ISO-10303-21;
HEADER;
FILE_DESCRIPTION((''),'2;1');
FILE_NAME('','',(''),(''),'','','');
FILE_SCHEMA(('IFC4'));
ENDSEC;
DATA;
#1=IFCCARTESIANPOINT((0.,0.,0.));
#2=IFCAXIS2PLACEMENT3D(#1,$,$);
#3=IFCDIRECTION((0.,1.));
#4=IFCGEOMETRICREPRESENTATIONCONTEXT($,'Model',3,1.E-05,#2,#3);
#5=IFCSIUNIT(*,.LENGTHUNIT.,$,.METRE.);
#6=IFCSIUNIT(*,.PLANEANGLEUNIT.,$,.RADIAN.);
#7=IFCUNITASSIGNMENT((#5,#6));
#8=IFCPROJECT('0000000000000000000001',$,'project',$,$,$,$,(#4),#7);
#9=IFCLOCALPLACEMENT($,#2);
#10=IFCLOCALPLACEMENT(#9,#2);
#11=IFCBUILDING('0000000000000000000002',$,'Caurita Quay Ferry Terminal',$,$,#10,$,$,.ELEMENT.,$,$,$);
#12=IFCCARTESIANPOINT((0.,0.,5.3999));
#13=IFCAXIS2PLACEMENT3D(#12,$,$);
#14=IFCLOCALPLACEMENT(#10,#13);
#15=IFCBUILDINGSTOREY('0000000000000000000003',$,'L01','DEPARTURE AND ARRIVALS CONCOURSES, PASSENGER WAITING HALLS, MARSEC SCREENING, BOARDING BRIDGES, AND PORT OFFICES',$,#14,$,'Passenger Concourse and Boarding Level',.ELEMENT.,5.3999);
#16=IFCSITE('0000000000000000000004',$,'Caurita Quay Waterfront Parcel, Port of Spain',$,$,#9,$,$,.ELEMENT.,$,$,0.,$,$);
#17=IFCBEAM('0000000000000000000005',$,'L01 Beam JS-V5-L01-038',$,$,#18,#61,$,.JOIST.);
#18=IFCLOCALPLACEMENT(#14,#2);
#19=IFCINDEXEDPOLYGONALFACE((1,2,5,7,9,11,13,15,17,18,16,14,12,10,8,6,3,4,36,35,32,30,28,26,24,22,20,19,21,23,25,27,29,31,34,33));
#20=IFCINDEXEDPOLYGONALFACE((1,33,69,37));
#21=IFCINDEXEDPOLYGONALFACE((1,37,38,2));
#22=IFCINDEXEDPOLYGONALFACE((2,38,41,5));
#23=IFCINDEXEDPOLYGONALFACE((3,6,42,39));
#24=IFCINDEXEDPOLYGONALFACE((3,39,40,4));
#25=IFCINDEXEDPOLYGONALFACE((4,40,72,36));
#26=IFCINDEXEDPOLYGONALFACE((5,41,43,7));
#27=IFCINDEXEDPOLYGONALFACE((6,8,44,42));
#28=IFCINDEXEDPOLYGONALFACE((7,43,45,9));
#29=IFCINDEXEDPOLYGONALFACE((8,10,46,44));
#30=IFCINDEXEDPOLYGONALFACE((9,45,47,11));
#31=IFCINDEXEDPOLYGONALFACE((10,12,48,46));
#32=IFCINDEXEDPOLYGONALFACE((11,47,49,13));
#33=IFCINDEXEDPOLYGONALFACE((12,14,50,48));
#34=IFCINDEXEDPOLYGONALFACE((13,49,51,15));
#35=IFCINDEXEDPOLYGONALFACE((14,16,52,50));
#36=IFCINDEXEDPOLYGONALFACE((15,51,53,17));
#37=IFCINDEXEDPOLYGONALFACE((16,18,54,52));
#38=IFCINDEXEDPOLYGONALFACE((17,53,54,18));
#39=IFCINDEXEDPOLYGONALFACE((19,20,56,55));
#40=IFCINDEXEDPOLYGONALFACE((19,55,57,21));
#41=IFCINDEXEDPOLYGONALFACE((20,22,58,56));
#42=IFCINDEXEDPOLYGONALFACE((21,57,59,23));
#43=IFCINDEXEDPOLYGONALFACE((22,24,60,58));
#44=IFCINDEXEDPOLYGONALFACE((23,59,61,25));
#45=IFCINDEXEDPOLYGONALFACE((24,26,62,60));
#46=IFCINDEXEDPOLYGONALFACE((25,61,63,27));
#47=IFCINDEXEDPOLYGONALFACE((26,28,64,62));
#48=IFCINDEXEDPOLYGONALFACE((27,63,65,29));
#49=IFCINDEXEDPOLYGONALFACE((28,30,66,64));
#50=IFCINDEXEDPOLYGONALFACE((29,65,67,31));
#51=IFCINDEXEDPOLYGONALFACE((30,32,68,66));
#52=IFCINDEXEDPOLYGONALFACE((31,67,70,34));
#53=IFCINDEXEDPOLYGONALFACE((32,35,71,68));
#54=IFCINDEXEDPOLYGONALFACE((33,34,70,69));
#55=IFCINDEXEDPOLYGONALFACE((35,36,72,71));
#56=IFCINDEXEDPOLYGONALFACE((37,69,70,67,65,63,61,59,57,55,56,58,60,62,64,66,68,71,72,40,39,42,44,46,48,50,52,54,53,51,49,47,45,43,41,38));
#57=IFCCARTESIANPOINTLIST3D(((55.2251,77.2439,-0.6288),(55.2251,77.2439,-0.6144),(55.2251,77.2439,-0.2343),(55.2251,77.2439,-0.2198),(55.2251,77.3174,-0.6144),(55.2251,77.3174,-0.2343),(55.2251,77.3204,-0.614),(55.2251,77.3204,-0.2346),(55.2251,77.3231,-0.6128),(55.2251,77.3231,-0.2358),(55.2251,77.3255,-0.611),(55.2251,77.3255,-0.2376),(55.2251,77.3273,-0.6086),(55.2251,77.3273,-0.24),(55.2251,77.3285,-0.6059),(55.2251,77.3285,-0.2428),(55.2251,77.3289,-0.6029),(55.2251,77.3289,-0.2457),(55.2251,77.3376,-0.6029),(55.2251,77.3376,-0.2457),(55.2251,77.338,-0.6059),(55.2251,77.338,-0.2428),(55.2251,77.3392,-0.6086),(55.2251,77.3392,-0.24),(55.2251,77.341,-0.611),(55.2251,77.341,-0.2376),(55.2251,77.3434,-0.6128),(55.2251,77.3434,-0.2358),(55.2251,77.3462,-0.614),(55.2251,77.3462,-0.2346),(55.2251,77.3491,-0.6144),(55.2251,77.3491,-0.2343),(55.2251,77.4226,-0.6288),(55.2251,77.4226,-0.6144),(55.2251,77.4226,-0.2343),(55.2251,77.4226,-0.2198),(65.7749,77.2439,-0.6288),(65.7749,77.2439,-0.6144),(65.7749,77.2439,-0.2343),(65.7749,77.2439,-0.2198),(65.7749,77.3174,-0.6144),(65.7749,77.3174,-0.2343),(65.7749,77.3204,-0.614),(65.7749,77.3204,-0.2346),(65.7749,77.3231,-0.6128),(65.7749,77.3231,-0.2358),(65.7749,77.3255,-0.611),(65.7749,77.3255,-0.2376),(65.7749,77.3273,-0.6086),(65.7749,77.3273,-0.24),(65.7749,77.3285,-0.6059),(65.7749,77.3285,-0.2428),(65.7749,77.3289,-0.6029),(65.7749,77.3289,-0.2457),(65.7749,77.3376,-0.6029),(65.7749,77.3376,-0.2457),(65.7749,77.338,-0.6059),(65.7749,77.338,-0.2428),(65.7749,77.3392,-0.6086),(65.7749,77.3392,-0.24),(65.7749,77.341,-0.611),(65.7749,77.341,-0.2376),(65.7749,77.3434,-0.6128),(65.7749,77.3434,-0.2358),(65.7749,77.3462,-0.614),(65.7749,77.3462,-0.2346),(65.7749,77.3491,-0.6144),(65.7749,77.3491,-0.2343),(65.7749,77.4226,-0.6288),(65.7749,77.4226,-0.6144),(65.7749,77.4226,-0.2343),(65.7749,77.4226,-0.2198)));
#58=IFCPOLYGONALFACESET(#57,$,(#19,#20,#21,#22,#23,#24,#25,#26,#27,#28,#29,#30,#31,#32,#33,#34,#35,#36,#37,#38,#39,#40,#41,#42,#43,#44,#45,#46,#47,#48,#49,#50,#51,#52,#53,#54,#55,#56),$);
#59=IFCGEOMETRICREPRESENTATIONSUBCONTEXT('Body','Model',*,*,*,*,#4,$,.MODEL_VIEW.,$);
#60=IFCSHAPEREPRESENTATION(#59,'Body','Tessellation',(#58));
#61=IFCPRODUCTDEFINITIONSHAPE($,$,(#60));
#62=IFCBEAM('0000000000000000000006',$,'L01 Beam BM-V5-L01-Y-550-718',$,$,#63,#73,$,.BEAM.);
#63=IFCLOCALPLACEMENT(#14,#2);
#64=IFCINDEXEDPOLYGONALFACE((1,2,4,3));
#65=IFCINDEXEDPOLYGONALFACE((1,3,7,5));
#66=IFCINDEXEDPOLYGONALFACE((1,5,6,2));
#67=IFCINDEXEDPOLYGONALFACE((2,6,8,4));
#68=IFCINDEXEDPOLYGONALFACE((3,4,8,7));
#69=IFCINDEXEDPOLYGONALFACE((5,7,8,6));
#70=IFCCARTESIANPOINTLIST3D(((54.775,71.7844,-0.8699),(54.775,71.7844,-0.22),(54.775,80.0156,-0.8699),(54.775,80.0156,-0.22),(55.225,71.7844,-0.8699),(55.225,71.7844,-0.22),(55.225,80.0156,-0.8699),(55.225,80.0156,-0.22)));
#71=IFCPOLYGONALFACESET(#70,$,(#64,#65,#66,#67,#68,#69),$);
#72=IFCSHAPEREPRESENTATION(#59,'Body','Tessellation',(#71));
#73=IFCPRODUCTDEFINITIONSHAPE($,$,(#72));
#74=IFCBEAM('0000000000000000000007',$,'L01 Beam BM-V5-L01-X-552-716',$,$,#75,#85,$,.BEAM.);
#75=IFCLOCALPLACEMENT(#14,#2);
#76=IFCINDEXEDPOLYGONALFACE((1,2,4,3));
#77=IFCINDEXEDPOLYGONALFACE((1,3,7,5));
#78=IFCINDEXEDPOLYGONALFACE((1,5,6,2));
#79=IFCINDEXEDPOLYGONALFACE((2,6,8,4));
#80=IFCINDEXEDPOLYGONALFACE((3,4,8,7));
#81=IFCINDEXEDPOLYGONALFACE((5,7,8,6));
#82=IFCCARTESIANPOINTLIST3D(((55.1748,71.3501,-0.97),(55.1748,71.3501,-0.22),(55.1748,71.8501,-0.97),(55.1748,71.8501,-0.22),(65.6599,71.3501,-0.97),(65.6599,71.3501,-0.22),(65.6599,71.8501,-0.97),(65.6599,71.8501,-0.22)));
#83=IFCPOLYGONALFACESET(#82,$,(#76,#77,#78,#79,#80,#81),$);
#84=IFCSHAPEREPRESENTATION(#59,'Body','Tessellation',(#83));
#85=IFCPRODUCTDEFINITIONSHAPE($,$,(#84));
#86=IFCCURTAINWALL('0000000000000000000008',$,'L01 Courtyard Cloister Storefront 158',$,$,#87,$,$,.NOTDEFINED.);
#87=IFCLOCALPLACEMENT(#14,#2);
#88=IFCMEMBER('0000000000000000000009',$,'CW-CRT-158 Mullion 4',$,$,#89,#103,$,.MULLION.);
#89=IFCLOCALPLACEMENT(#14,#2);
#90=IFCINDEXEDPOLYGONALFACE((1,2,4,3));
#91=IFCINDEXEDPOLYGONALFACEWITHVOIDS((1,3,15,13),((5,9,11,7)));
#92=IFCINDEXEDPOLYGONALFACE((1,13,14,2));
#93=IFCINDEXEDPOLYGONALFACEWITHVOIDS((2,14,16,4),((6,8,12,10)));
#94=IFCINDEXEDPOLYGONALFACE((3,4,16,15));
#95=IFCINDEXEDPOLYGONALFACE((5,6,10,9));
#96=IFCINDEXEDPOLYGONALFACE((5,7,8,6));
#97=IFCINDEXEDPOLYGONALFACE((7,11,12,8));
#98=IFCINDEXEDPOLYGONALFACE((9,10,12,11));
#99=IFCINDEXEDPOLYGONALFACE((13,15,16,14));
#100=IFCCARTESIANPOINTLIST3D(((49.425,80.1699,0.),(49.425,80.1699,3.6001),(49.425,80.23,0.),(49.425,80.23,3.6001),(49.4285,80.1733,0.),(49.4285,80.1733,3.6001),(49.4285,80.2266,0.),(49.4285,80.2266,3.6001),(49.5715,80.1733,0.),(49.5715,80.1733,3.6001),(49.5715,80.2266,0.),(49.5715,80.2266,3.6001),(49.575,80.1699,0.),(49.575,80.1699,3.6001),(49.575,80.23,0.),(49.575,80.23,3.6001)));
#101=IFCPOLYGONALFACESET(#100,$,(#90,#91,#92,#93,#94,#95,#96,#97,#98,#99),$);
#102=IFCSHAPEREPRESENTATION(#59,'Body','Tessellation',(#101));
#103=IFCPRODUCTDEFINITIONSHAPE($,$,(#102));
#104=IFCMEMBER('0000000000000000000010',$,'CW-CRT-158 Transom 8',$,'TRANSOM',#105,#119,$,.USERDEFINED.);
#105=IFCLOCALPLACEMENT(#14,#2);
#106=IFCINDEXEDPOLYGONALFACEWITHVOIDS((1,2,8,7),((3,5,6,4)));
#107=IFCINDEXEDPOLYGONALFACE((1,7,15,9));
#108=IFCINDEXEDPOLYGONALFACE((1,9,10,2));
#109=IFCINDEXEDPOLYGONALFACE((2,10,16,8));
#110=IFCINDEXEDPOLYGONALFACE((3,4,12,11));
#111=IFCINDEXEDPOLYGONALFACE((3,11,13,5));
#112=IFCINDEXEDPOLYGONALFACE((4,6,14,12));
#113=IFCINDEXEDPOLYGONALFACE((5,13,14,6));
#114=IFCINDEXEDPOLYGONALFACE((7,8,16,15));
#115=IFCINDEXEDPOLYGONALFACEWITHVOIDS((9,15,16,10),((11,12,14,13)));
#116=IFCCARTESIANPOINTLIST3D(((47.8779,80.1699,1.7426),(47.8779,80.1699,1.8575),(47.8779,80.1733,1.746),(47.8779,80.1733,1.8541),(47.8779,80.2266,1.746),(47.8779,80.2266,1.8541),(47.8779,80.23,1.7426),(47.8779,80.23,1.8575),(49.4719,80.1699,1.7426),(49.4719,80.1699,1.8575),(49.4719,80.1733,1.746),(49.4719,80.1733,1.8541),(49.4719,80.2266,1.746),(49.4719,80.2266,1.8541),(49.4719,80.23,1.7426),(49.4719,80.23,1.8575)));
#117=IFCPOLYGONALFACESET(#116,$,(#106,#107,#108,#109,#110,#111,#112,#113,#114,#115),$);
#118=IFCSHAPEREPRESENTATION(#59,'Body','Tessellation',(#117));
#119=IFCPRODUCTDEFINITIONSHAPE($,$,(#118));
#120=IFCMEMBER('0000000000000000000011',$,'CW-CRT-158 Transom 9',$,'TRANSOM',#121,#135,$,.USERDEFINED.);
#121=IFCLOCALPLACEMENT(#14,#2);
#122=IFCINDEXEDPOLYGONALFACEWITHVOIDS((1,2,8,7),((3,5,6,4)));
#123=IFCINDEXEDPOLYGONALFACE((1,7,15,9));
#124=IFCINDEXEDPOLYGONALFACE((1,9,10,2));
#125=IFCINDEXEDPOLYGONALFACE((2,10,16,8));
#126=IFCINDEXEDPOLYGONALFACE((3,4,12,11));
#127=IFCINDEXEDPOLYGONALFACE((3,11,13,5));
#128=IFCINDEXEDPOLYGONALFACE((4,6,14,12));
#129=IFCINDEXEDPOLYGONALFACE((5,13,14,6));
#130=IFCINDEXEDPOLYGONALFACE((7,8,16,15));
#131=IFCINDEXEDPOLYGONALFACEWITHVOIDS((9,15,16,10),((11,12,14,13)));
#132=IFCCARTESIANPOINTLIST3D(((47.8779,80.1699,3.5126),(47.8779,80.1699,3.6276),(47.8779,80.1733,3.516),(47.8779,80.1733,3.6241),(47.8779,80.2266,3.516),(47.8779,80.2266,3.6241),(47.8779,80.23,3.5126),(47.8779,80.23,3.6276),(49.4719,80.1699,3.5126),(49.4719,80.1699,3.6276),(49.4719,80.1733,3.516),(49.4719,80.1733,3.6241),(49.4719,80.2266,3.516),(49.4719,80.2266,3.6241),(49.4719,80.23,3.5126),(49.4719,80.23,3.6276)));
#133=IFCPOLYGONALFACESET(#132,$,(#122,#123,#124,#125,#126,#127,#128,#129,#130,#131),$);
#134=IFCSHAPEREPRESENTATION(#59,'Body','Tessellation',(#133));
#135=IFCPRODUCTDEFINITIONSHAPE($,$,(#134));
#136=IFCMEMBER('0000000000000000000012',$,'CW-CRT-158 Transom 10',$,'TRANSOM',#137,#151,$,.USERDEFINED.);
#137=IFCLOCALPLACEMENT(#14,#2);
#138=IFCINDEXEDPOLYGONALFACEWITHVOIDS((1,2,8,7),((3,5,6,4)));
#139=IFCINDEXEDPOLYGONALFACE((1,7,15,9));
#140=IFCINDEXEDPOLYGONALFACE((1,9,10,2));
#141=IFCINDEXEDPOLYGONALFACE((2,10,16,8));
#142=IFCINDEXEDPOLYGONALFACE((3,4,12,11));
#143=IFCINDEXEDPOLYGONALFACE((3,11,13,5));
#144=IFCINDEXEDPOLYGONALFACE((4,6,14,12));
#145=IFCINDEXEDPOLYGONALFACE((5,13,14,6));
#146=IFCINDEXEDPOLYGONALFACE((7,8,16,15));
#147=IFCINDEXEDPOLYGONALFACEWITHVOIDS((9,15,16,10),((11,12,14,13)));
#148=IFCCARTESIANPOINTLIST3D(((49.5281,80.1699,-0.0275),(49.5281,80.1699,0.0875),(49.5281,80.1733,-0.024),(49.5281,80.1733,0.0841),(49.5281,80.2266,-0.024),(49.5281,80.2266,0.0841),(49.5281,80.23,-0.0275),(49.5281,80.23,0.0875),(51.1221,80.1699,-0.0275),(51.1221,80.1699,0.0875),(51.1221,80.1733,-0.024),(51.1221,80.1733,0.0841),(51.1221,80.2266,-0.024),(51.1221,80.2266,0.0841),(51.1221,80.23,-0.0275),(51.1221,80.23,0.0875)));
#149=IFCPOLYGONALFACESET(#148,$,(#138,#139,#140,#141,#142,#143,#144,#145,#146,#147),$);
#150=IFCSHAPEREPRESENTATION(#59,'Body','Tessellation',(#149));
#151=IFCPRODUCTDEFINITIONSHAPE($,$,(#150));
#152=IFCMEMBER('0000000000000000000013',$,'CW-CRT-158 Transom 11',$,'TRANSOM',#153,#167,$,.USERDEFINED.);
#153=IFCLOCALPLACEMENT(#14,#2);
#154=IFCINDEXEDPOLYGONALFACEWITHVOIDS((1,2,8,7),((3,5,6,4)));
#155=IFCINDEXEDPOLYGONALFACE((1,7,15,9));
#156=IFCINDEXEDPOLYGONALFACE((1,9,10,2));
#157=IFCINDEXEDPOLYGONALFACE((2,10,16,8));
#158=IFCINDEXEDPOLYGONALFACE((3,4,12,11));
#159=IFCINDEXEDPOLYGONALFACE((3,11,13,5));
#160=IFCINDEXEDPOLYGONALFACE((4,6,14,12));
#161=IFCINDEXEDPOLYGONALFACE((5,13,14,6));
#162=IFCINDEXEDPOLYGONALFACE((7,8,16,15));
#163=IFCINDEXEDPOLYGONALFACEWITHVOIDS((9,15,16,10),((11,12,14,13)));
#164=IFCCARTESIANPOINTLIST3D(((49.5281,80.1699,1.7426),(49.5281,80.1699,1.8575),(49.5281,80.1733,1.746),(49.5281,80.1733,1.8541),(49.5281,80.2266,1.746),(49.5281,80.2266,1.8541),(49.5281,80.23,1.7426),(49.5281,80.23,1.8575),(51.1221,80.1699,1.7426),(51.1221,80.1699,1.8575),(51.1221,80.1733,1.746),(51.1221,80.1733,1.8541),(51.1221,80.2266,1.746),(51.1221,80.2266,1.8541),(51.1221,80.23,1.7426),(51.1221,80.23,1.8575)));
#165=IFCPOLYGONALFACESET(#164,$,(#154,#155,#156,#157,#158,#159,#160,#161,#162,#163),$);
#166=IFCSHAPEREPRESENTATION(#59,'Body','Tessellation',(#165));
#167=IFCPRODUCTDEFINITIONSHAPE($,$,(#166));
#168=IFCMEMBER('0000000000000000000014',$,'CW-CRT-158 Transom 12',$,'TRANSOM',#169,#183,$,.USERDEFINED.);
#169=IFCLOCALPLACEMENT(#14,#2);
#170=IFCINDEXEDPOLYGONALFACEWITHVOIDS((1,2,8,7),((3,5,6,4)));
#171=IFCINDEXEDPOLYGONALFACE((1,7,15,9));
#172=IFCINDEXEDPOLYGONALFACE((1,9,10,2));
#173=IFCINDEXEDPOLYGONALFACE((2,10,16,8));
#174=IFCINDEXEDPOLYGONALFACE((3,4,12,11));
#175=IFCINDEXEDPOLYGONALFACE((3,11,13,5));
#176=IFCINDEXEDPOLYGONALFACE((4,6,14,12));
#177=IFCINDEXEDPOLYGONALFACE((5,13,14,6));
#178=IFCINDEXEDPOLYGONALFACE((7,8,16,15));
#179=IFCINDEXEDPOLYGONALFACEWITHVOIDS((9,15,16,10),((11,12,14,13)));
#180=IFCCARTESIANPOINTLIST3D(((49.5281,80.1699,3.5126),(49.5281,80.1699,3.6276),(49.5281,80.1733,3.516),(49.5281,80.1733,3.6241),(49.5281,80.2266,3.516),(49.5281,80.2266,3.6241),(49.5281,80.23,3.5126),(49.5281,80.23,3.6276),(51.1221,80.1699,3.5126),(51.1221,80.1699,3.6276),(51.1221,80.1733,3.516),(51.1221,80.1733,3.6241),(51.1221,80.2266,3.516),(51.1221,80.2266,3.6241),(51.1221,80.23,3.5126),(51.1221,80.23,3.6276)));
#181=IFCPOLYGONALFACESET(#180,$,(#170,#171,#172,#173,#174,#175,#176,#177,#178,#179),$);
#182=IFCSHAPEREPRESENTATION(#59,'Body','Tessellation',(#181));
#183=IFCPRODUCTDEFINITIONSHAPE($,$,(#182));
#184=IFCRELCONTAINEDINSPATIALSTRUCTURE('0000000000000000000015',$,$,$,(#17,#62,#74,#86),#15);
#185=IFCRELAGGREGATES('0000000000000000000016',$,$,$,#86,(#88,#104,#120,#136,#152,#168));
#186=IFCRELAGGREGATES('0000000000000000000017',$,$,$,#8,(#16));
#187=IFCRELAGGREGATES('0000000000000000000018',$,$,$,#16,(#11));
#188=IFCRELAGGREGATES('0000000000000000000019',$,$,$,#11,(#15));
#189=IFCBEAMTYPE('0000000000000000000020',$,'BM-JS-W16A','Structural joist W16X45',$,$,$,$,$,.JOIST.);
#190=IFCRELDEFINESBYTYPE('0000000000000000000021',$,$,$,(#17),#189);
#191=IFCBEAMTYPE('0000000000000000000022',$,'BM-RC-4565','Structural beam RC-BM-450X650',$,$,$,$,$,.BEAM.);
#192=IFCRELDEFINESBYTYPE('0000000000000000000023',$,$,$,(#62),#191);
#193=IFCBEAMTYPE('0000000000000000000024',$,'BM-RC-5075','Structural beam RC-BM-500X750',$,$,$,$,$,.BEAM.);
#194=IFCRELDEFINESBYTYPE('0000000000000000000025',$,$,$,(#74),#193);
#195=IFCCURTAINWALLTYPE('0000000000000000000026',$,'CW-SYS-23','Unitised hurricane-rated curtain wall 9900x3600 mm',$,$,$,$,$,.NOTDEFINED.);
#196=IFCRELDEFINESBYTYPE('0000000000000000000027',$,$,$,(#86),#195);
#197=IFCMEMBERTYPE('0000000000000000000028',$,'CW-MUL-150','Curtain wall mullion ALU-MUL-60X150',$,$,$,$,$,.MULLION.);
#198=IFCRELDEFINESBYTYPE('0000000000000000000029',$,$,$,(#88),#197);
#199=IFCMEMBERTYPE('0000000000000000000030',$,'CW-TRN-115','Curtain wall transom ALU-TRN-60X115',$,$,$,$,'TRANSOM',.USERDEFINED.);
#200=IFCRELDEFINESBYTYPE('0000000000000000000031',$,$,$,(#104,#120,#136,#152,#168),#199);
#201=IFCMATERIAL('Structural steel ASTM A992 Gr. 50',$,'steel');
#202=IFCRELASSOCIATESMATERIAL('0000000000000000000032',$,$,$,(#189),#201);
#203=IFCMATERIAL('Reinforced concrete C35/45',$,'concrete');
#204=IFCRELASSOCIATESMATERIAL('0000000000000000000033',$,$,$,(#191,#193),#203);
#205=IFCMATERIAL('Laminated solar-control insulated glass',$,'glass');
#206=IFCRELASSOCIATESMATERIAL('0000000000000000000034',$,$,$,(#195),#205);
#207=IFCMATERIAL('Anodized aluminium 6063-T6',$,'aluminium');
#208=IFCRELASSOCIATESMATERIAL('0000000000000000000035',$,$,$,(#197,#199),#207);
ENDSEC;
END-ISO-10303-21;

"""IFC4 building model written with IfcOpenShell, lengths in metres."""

from ifc_helpers import new_model, si_unit, direction, frame, origin, origin_2d, place, context, subcontext, project, spatial, rectangle, hollow_rectangle, i_section, extrude, material, material_profile, profile_set, type_object, element, aggregate, save


model = new_model("IFC4")

# Units and contexts
model_context = context("Model", 3, precision=1e-05, world=origin(), true_north=direction((0.0, 1.0)))
body_context = subcontext(model_context, "Body", "Model", "MODEL_VIEW")
ifc_project = project(units=[si_unit("LENGTHUNIT", "METRE"), si_unit("PLANEANGLEUNIT", "RADIAN")], contexts=[model_context])

# Site, building, storey
site_placement = place(None, origin())
site = spatial("IfcSite", under=ifc_project, at=site_placement, Name="Caurita Quay Waterfront Parcel, Port of Spain", CompositionType="ELEMENT", RefElevation=0.0)
building_placement = place(site_placement, origin())
building = spatial("IfcBuilding", under=site, at=building_placement, Name="Caurita Quay Ferry Terminal", CompositionType="ELEMENT")
storey_placement = place(building_placement, frame((0.0, 0.0, 5.3999)))
storey = spatial("IfcBuildingStorey", under=building, at=storey_placement, Name="L01", Description="DEPARTURE AND ARRIVALS CONCOURSES, PASSENGER WAITING HALLS, MARSEC SCREENING, BOARDING BRIDGES, AND PORT OFFICES", LongName="Passenger Concourse and Boarding Level", CompositionType="ELEMENT", Elevation=5.3999)

# Shared definitions
ifc_material_1 = material(Name="Reinforced concrete C35/45", Category="concrete")
ifc_material_2 = material(Name="Structural steel ASTM A992 Gr. 50", Category="steel")

# Beams
ifc_material_profile_1 = material_profile(ifc_material_2, i_section(OverallWidth=0.1787, OverallDepth=0.4089, WebThickness=0.0088, FlangeThickness=0.0144, FilletRadius=0.0115, at=origin_2d()), Name="W16X45")
ifc_profile_set_1 = profile_set([ifc_material_profile_1], Name="Structural steel ASTM A992 Gr. 50")
beam_type_1 = type_object("IfcBeamType", Name="BM-JS-W16A", Description="Structural joist W16X45", PredefinedType="JOIST", material=ifc_profile_set_1)
for number, where, z_axis, x_axis, name in (
    (1, (55.2251, 77.3333, -0.4243), (1.0, 0.0, 0.0), (0.0, 1.0, 0.0), "L01 Beam JS-V5-L01-038"),
):
    element("IfcBeam", number, at=place(storey_placement, frame(where, z_axis=z_axis, x_axis=x_axis)), inside=storey, type_object=beam_type_1, Name=name, PredefinedType="JOIST", context=body_context, shape_type="SweptSolid", body=[
        extrude(i_section(OverallWidth=0.1787, OverallDepth=0.4089, WebThickness=0.0088, FlangeThickness=0.0144, FilletRadius=0.0115, at=origin_2d()), origin(), (0.0, 0.0, 1.0), 10.5498),
    ])
ifc_material_profile_2 = material_profile(ifc_material_1, rectangle(XDim=0.45, YDim=0.6499, at=origin_2d()), Name="RC-BM-450X650")
ifc_profile_set_2 = profile_set([ifc_material_profile_2], Name="Reinforced concrete C35/45")
beam_type_2 = type_object("IfcBeamType", Name="BM-RC-4565", Description="Structural beam RC-BM-450X650", PredefinedType="BEAM", material=ifc_profile_set_2)
beam_1_placement = place(storey_placement, frame((55.0, 71.7844, -0.5449), z_axis=(0.0, 1.0, 0.0), x_axis=(-1.0, 0.0, 0.0)))
element("IfcBeam", 2, at=beam_1_placement, inside=storey, type_object=beam_type_2, Name="L01 Beam BM-V5-L01-Y-550-718", PredefinedType="BEAM", context=body_context, shape_type="SweptSolid", body=[
    extrude(rectangle(XDim=0.45, YDim=0.6499, at=origin_2d()), origin(), (0.0, 0.0, 1.0), 8.2312),
])
ifc_material_profile_3 = material_profile(ifc_material_1, rectangle(XDim=0.5, YDim=0.75, at=origin_2d()), Name="RC-BM-500X750")
ifc_profile_set_3 = profile_set([ifc_material_profile_3], Name="Reinforced concrete C35/45")
beam_type_3 = type_object("IfcBeamType", Name="BM-RC-5075", Description="Structural beam RC-BM-500X750", PredefinedType="BEAM", material=ifc_profile_set_3)
beam_2_placement = place(storey_placement, frame((55.1748, 71.6001, -0.595), z_axis=(1.0, 0.0, 0.0), x_axis=(0.0, 1.0, 0.0)))
element("IfcBeam", 3, at=beam_2_placement, inside=storey, type_object=beam_type_3, Name="L01 Beam BM-V5-L01-X-552-716", PredefinedType="BEAM", context=body_context, shape_type="SweptSolid", body=[
    extrude(rectangle(XDim=0.5, YDim=0.75, at=origin_2d()), origin(), (0.0, 0.0, 1.0), 10.4851),
])

# Curtain wall, members
ifc_material_3 = material(Name="Laminated solar-control insulated glass", Category="glass")
curtain_wall_type = type_object("IfcCurtainWallType", Name="CW-SYS-23", Description="Unitised hurricane-rated curtain wall 9900x3600 mm", PredefinedType="NOTDEFINED", material=ifc_material_3)
curtain_wall_placement = place(storey_placement, origin())
curtain_wall = element("IfcCurtainWall", 4, at=curtain_wall_placement, inside=storey, type_object=curtain_wall_type, Name="L01 Courtyard Cloister Storefront 158", PredefinedType="NOTDEFINED")
ifc_material_4 = material(Name="Anodized aluminium 6063-T6", Category="aluminium")
ifc_material_profile_4 = material_profile(ifc_material_4, hollow_rectangle(XDim=0.0601, YDim=0.1499, WallThickness=0.0034, at=origin_2d()), Name="ALU-MUL-60X150")
ifc_profile_set_4 = profile_set([ifc_material_profile_4], Name="Anodized aluminium 6063-T6")
member_type_1 = type_object("IfcMemberType", Name="CW-MUL-150", Description="Curtain wall mullion ALU-MUL-60X150", PredefinedType="MULLION", material=ifc_profile_set_4)
member_1_placement = place(storey_placement, frame((49.5, 80.2, 0.0), z_axis=(0.0, 0.0, 1.0), x_axis=(0.0, 1.0, 0.0)))
member_1 = element("IfcMember", 5, at=member_1_placement, type_object=member_type_1, Name="CW-CRT-158 Mullion 4", PredefinedType="MULLION", context=body_context, shape_type="SweptSolid", body=[
    extrude(hollow_rectangle(XDim=0.0601, YDim=0.1499, WallThickness=0.0034, at=origin_2d()), origin(), (0.0, 0.0, 1.0), 3.6001),
])
ifc_material_profile_5 = material_profile(ifc_material_4, hollow_rectangle(XDim=0.0601, YDim=0.115, WallThickness=0.0034, at=origin_2d()), Name="ALU-TRN-60X115")
ifc_profile_set_5 = profile_set([ifc_material_profile_5], Name="Anodized aluminium 6063-T6")
member_type_2 = type_object("IfcMemberType", Name="CW-TRN-115", Description="Curtain wall transom ALU-TRN-60X115", ElementType="TRANSOM", PredefinedType="USERDEFINED", material=ifc_profile_set_5)
member_2_placement = place(storey_placement, frame((47.8779, 80.2, 1.8), z_axis=(1.0, 0.0, 0.0), x_axis=(0.0, 1.0, 0.0)))
member_2 = element("IfcMember", 6, at=member_2_placement, type_object=member_type_2, Name="CW-CRT-158 Transom 8", ObjectType="TRANSOM", PredefinedType="USERDEFINED", context=body_context, shape_type="SweptSolid", body=[
    extrude(hollow_rectangle(XDim=0.0601, YDim=0.115, WallThickness=0.0034, at=origin_2d()), origin(), (0.0, 0.0, 1.0), 1.594),
])
member_3_placement = place(storey_placement, frame((47.8779, 80.2, 3.5701), z_axis=(1.0, 0.0, 0.0), x_axis=(0.0, 1.0, 0.0)))
member_3 = element("IfcMember", 7, at=member_3_placement, type_object=member_type_2, Name="CW-CRT-158 Transom 9", ObjectType="TRANSOM", PredefinedType="USERDEFINED", context=body_context, shape_type="SweptSolid", body=[
    extrude(hollow_rectangle(XDim=0.0601, YDim=0.115, WallThickness=0.0034, at=origin_2d()), origin(), (0.0, 0.0, 1.0), 1.594),
])
member_4_placement = place(storey_placement, frame((49.5281, 80.2, 0.03), z_axis=(1.0, 0.0, 0.0), x_axis=(0.0, 1.0, 0.0)))
member_4 = element("IfcMember", 8, at=member_4_placement, type_object=member_type_2, Name="CW-CRT-158 Transom 10", ObjectType="TRANSOM", PredefinedType="USERDEFINED", context=body_context, shape_type="SweptSolid", body=[
    extrude(hollow_rectangle(XDim=0.0601, YDim=0.115, WallThickness=0.0034, at=origin_2d()), origin(), (0.0, 0.0, 1.0), 1.594),
])
member_5_placement = place(storey_placement, frame((49.5281, 80.2, 1.8), z_axis=(1.0, 0.0, 0.0), x_axis=(0.0, 1.0, 0.0)))
member_5 = element("IfcMember", 9, at=member_5_placement, type_object=member_type_2, Name="CW-CRT-158 Transom 11", ObjectType="TRANSOM", PredefinedType="USERDEFINED", context=body_context, shape_type="SweptSolid", body=[
    extrude(hollow_rectangle(XDim=0.0601, YDim=0.115, WallThickness=0.0034, at=origin_2d()), origin(), (0.0, 0.0, 1.0), 1.594),
])
member_6_placement = place(storey_placement, frame((49.5281, 80.2, 3.5701), z_axis=(1.0, 0.0, 0.0), x_axis=(0.0, 1.0, 0.0)))
member_6 = element("IfcMember", 10, at=member_6_placement, type_object=member_type_2, Name="CW-CRT-158 Transom 12", ObjectType="TRANSOM", PredefinedType="USERDEFINED", context=body_context, shape_type="SweptSolid", body=[
    extrude(hollow_rectangle(XDim=0.0601, YDim=0.115, WallThickness=0.0034, at=origin_2d()), origin(), (0.0, 0.0, 1.0), 1.594),
])
aggregate(curtain_wall, [member_1, member_2, member_3, member_4, member_5, member_6])

save(model, "model.ifc")
